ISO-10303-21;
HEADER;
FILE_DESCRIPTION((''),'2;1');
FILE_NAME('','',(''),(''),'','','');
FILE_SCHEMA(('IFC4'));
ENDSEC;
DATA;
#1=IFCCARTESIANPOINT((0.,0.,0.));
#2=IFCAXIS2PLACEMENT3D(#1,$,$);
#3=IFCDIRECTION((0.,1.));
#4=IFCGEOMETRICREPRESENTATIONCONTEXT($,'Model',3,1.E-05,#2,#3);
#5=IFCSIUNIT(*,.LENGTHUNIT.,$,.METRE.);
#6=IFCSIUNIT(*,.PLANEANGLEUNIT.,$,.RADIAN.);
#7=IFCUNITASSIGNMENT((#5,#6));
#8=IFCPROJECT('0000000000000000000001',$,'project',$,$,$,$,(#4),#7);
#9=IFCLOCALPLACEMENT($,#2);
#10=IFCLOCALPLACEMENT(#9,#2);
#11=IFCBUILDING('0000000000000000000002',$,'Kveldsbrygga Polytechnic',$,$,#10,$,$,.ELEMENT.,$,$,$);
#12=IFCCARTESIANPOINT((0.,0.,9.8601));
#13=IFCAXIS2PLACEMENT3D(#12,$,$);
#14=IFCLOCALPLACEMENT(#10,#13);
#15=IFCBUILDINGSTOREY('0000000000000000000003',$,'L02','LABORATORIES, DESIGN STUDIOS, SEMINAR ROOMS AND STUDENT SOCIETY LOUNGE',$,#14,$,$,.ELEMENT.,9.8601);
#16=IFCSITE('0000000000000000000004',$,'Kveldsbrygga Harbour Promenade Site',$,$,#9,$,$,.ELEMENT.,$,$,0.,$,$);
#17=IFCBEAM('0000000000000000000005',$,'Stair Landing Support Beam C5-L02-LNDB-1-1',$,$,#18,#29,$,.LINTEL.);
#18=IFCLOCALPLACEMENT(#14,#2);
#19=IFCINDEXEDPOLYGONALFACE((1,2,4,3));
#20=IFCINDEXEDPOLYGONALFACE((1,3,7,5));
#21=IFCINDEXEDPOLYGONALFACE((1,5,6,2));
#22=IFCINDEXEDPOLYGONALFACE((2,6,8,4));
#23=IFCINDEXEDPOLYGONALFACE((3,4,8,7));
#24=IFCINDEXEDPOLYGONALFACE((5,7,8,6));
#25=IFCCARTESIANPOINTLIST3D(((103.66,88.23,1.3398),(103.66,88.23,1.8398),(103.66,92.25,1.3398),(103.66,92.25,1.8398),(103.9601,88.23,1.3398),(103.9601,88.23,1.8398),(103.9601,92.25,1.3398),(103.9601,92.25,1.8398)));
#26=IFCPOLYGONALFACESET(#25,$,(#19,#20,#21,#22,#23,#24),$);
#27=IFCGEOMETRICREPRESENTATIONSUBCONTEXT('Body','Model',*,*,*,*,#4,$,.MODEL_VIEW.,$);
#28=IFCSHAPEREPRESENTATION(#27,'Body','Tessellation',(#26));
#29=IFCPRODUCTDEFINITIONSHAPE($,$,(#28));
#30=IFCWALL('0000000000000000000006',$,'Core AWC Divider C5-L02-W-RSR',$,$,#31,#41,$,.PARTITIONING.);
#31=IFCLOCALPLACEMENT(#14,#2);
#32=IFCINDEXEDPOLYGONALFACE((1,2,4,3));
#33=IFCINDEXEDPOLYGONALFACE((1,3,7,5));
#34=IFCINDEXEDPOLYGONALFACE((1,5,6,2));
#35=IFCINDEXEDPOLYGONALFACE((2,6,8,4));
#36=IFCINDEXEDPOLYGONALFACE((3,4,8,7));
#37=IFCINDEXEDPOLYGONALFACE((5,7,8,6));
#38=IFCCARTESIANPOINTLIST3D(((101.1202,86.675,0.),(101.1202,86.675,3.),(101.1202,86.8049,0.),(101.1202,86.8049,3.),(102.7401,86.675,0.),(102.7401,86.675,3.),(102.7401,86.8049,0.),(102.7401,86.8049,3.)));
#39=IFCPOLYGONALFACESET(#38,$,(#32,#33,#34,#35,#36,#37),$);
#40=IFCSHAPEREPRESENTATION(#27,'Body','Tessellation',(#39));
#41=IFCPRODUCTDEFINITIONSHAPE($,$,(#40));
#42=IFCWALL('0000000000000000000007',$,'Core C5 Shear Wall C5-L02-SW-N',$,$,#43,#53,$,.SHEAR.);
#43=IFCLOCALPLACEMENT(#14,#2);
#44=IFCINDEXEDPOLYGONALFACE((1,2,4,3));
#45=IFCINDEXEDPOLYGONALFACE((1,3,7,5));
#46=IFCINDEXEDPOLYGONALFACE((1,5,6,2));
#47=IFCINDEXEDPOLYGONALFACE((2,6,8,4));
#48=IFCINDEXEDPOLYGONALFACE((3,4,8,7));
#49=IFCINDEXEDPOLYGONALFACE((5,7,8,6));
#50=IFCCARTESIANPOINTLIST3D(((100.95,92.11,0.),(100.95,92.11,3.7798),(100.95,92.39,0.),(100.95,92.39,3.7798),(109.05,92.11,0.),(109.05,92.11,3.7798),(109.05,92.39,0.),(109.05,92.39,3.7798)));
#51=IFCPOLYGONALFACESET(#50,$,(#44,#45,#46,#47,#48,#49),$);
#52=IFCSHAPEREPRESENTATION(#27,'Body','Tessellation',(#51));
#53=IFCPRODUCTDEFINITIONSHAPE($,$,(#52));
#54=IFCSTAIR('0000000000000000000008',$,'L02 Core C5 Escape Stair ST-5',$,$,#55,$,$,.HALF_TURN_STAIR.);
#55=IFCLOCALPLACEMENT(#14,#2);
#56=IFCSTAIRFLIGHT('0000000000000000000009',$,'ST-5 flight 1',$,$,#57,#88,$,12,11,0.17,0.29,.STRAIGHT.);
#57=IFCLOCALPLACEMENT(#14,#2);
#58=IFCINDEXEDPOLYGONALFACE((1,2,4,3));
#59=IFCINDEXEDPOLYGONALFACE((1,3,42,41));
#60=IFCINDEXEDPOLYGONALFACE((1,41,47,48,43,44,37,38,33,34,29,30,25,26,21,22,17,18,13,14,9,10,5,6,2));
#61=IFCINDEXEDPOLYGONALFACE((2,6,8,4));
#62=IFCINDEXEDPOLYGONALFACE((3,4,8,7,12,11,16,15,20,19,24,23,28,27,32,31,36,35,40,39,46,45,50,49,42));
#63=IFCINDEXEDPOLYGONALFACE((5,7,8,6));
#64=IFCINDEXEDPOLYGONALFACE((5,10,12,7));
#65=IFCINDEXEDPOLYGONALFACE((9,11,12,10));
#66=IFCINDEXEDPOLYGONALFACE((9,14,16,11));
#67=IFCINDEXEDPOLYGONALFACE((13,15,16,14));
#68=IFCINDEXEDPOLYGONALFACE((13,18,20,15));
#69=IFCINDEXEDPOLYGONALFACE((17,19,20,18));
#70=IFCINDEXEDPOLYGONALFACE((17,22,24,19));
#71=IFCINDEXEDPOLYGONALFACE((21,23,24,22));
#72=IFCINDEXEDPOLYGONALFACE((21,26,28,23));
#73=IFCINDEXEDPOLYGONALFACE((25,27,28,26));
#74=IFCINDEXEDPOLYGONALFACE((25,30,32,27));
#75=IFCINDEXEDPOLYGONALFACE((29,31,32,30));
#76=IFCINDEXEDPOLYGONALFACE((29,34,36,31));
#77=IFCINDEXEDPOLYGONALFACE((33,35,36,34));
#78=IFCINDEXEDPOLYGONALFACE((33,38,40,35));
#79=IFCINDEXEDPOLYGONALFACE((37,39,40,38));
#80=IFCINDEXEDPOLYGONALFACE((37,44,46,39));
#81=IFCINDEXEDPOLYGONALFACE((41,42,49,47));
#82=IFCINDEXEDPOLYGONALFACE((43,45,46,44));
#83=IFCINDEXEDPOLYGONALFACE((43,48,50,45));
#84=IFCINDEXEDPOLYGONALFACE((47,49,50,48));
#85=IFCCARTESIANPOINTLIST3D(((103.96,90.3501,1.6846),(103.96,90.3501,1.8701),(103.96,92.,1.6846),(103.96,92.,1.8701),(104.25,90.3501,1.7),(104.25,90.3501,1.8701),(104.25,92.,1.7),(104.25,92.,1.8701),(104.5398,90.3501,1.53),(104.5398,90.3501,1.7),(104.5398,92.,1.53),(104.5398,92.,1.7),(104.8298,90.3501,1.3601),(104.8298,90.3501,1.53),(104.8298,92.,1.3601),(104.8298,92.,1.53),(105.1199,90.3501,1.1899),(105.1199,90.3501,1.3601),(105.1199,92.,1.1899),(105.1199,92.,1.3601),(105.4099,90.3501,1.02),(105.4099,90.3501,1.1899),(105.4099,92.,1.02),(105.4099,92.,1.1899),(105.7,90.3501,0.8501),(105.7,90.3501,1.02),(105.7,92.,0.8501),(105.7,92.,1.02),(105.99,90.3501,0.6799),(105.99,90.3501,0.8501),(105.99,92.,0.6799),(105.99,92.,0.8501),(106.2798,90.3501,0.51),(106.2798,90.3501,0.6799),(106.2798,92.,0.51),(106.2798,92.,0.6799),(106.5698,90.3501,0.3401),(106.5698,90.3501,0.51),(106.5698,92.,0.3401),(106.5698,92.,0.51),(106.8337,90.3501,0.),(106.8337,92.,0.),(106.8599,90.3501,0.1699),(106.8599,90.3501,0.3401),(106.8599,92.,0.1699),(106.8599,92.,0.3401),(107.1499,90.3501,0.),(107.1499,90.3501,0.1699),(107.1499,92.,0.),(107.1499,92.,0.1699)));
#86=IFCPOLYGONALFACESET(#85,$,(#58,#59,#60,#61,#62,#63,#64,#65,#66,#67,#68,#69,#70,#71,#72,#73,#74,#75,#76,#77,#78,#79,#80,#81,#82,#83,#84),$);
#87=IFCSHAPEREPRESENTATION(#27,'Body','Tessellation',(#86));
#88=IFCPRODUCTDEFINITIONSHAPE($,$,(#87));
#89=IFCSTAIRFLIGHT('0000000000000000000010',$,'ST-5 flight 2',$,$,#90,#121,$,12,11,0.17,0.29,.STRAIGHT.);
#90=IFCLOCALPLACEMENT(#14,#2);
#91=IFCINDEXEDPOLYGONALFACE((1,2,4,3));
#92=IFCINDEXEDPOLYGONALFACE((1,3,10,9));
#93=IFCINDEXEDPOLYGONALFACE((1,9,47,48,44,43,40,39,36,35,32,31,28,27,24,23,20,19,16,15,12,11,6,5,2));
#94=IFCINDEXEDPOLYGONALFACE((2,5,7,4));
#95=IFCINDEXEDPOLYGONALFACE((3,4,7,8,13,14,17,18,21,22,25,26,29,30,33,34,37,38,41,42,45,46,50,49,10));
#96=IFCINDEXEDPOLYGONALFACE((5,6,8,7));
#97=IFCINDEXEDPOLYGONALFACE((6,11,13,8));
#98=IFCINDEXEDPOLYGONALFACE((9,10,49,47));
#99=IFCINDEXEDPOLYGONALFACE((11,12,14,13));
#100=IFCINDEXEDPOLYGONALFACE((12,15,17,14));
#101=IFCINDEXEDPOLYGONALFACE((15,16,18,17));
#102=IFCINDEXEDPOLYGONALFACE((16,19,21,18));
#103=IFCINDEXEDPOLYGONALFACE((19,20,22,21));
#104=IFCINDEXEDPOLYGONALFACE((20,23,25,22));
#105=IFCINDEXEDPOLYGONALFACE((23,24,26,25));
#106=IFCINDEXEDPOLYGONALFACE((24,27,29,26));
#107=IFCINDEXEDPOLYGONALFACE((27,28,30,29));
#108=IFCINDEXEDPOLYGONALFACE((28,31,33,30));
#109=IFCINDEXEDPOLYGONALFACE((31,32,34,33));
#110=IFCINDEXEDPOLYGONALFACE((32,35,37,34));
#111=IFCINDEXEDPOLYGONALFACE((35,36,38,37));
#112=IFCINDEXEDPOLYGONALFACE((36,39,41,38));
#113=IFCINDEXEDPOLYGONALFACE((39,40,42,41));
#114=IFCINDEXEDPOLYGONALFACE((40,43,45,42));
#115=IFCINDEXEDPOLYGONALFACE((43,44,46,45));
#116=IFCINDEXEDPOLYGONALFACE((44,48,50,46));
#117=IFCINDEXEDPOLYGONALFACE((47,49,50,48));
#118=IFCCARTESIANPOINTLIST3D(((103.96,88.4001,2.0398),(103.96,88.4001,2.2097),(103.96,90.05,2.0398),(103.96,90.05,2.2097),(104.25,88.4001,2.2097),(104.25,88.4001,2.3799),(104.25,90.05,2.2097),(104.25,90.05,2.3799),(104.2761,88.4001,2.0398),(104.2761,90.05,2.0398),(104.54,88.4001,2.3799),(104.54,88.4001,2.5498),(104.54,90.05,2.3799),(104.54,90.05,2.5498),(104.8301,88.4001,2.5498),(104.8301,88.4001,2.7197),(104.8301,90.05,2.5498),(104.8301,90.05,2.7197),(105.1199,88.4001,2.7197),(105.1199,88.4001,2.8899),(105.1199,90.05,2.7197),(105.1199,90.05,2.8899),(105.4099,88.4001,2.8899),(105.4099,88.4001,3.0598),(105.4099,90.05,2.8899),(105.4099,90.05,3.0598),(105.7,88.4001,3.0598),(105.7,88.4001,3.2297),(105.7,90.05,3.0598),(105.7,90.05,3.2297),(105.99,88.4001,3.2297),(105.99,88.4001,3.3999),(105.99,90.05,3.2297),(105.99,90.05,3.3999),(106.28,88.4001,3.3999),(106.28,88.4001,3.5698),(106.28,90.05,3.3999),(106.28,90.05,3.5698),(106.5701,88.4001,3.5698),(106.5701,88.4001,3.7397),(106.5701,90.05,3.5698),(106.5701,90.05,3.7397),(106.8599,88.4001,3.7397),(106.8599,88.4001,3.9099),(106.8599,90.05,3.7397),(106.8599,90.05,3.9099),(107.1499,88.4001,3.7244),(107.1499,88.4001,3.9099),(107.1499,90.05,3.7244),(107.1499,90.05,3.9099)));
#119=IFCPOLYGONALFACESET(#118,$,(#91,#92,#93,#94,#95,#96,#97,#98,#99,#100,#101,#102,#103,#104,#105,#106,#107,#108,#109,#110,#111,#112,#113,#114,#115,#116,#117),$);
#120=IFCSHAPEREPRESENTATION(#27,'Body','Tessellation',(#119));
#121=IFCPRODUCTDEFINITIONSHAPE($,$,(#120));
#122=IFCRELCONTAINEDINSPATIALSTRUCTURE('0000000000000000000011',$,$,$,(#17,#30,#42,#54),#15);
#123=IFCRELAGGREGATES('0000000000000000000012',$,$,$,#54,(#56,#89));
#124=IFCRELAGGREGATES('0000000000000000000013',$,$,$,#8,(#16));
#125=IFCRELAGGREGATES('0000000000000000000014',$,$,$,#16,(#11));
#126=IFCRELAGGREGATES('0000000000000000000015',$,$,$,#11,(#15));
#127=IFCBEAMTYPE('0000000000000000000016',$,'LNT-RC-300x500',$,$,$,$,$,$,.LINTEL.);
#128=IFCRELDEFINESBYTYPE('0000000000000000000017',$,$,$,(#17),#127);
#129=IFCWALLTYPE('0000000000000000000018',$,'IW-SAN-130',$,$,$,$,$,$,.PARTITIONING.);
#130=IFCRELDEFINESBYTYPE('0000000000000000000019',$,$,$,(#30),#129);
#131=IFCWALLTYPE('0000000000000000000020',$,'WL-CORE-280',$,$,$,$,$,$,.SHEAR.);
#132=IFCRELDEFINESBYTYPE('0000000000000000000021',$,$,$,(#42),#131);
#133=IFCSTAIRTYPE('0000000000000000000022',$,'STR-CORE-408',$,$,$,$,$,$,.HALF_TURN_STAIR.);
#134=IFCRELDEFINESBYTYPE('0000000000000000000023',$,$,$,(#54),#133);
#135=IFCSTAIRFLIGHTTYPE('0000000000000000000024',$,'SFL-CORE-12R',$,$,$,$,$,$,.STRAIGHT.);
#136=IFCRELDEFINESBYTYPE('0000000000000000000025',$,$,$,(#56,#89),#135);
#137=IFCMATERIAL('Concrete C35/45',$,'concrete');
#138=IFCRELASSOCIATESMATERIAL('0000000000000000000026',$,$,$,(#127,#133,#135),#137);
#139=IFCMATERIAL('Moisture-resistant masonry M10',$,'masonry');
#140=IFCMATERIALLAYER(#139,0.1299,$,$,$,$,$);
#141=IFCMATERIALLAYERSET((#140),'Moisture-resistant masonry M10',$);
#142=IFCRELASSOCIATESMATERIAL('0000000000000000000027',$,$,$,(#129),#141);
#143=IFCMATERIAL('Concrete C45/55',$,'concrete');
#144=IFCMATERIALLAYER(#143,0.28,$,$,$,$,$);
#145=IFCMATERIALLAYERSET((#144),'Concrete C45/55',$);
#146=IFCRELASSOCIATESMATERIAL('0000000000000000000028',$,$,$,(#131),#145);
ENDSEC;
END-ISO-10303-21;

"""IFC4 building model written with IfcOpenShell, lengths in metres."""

from ifc_helpers import new_model, si_unit, direction, frame, frame_2d, origin, origin_2d, place, context, subcontext, project, spatial, polyline, rectangle, outline, extrude, material, layer, layer_set, material_profile, profile_set, type_object, element, aggregate, save


model = new_model("IFC4")

# Units and contexts
model_context = context("Model", 3, precision=1e-05, world=origin(), true_north=direction((0.0, 1.0)))
body_context = subcontext(model_context, "Body", "Model", "MODEL_VIEW")
ifc_project = project(units=[si_unit("LENGTHUNIT", "METRE"), si_unit("PLANEANGLEUNIT", "RADIAN")], contexts=[model_context])

# Site, building, storey
site_placement = place(None, origin())
site = spatial("IfcSite", under=ifc_project, at=site_placement, Name="Kveldsbrygga Harbour Promenade Site", CompositionType="ELEMENT", RefElevation=0.0)
building_placement = place(site_placement, origin())
building = spatial("IfcBuilding", under=site, at=building_placement, Name="Kveldsbrygga Polytechnic", CompositionType="ELEMENT")
storey_placement = place(building_placement, frame((0.0, 0.0, 9.8601)))
storey = spatial("IfcBuildingStorey", under=building, at=storey_placement, Name="L02", Description="LABORATORIES, DESIGN STUDIOS, SEMINAR ROOMS AND STUDENT SOCIETY LOUNGE", CompositionType="ELEMENT", Elevation=9.8601)

# Shared definitions
ifc_material_1 = material(Name="Concrete C45/55", Category="concrete")

# Beam
ifc_material_2 = material(Name="Concrete C35/45", Category="concrete")
ifc_material_profile_1 = material_profile(ifc_material_2, rectangle(XDim=0.3, YDim=0.5, at=origin_2d()), Name="RC 300x500")
ifc_profile_set_1 = profile_set([ifc_material_profile_1], Name="Concrete C35/45")
beam_type_1 = type_object("IfcBeamType", Name="LNT-RC-300x500", PredefinedType="LINTEL", material=ifc_profile_set_1)
beam_1_placement = place(storey_placement, frame((103.8101, 88.23, 1.5898), z_axis=(0.0, 1.0, 0.0), x_axis=(-1.0, 0.0, 0.0)))
element("IfcBeam", 1, at=beam_1_placement, inside=storey, type_object=beam_type_1, Name="Stair Landing Support Beam C5-L02-LNDB-1-1", PredefinedType="LINTEL", context=body_context, shape_type="SweptSolid", body=[
    extrude(rectangle(XDim=0.3, YDim=0.5, at=origin_2d()), origin(), (0.0, 0.0, 1.0), 4.02),
])

# Walls
ifc_material_3 = material(Name="Moisture-resistant masonry M10", Category="masonry")
ifc_layer_1 = layer(ifc_material_3, 0.1299)
ifc_layer_set_1 = layer_set([ifc_layer_1], Name="Moisture-resistant masonry M10")
wall_type_1 = type_object("IfcWallType", Name="IW-SAN-130", PredefinedType="PARTITIONING", material=ifc_layer_set_1)
wall_1_placement = place(storey_placement, frame((101.1201, 86.74, 0.0), z_axis=(0.0, 0.0, 1.0), x_axis=(1.0, 0.0, 0.0)))
element("IfcWall", 2, at=wall_1_placement, inside=storey, type_object=wall_type_1, Name="Core AWC Divider C5-L02-W-RSR", PredefinedType="PARTITIONING", context=body_context, shape_type="SweptSolid", body=[
    extrude(rectangle(XDim=1.6199, YDim=0.1299, at=frame_2d((0.8101, 0.0))), origin(), (0.0, 0.0, 1.0), 3.0),
])
ifc_layer_2 = layer(ifc_material_1, 0.28)
ifc_layer_set_2 = layer_set([ifc_layer_2], Name="Concrete C45/55")
wall_type_2 = type_object("IfcWallType", Name="WL-CORE-280", PredefinedType="SHEAR", material=ifc_layer_set_2)
wall_2_placement = place(storey_placement, frame((100.95, 92.25, 0.0), z_axis=(0.0, 0.0, 1.0), x_axis=(1.0, 0.0, 0.0)))
element("IfcWall", 3, at=wall_2_placement, inside=storey, type_object=wall_type_2, Name="Core C5 Shear Wall C5-L02-SW-N", PredefinedType="SHEAR", context=body_context, shape_type="SweptSolid", body=[
    extrude(rectangle(XDim=8.1001, YDim=0.28, at=frame_2d((4.05, 0.0))), origin(), (0.0, 0.0, 1.0), 3.7798),
])

# Stair, stair flights
stair_type = type_object("IfcStairType", Name="STR-CORE-408", PredefinedType="HALF_TURN_STAIR", material=ifc_material_2)
stair_placement = place(storey_placement, origin())
stair = element("IfcStair", 4, at=stair_placement, inside=storey, type_object=stair_type, Name="L02 Core C5 Escape Stair ST-5", PredefinedType="HALF_TURN_STAIR")
stair_flight_type = type_object("IfcStairFlightType", Name="SFL-CORE-12R", PredefinedType="STRAIGHT", material=ifc_material_2)
stair_flight_1_placement = place(storey_placement, frame((107.1499, 91.175, 0.0), z_axis=(0.0, 0.0, 1.0), x_axis=(-1.0, 0.0, 0.0)))
stair_flight_1 = element("IfcStairFlight", 5, at=stair_flight_1_placement, type_object=stair_flight_type, Name="ST-5 flight 1", NumberOfRisers=12, NumberOfTreads=11, PredefinedType="STRAIGHT", RiserHeight=0.17, TreadLength=0.29, context=body_context, shape_type="SweptSolid", body=[
    extrude(outline(polyline([(0.0, 0.0), (0.0, 0.1699), (0.29, 0.1699), (0.29, 0.3401), (0.5801, 0.3401), (0.5801, 0.51), (0.8701, 0.51), (0.8701, 0.6799), (1.1599, 0.6799), (1.1599, 0.8501), (1.45, 0.8501), (1.45, 1.02), (1.74, 1.02), (1.74, 1.1899), (2.03, 1.1899), (2.03, 1.3601), (2.3201, 1.3601), (2.3201, 1.53), (2.6101, 1.53), (2.6101, 1.7), (2.8999, 1.7), (2.8999, 1.8701), (3.1899, 1.8701), (3.1899, 2.04), (3.1899, 1.6846), (0.3162, 0.0), (0.0, 0.0)])), frame((0.0, 0.825, 0.0), z_axis=(0.0, -1.0, 0.0), x_axis=(1.0, 0.0, 0.0)), (0.0, 0.0, 1.0), 1.6499),
])
stair_flight_2_placement = place(storey_placement, frame((103.96, 89.2251, 2.0398), z_axis=(0.0, 0.0, 1.0), x_axis=(1.0, 0.0, 0.0)))
stair_flight_2 = element("IfcStairFlight", 6, at=stair_flight_2_placement, type_object=stair_flight_type, Name="ST-5 flight 2", NumberOfRisers=12, NumberOfTreads=11, PredefinedType="STRAIGHT", RiserHeight=0.17, TreadLength=0.29, context=body_context, shape_type="SweptSolid", body=[
    extrude(outline(polyline([(0.0, 0.0), (0.0, 0.1699), (0.29, 0.1699), (0.29, 0.3401), (0.5801, 0.3401), (0.5801, 0.51), (0.8701, 0.51), (0.8701, 0.6799), (1.1599, 0.6799), (1.1599, 0.8501), (1.45, 0.8501), (1.45, 1.02), (1.74, 1.02), (1.74, 1.1899), (2.03, 1.1899), (2.03, 1.3601), (2.3201, 1.3601), (2.3201, 1.53), (2.6101, 1.53), (2.6101, 1.7), (2.8999, 1.7), (2.8999, 1.8701), (3.1899, 1.8701), (3.1899, 2.04), (3.1899, 1.6846), (0.3162, 0.0), (0.0, 0.0)])), frame((0.0, 0.825, 0.0), z_axis=(0.0, -1.0, 0.0), x_axis=(1.0, 0.0, 0.0)), (0.0, 0.0, 1.0), 1.6499),
])
aggregate(stair, [stair_flight_1, stair_flight_2])

save(model, "model.ifc")
